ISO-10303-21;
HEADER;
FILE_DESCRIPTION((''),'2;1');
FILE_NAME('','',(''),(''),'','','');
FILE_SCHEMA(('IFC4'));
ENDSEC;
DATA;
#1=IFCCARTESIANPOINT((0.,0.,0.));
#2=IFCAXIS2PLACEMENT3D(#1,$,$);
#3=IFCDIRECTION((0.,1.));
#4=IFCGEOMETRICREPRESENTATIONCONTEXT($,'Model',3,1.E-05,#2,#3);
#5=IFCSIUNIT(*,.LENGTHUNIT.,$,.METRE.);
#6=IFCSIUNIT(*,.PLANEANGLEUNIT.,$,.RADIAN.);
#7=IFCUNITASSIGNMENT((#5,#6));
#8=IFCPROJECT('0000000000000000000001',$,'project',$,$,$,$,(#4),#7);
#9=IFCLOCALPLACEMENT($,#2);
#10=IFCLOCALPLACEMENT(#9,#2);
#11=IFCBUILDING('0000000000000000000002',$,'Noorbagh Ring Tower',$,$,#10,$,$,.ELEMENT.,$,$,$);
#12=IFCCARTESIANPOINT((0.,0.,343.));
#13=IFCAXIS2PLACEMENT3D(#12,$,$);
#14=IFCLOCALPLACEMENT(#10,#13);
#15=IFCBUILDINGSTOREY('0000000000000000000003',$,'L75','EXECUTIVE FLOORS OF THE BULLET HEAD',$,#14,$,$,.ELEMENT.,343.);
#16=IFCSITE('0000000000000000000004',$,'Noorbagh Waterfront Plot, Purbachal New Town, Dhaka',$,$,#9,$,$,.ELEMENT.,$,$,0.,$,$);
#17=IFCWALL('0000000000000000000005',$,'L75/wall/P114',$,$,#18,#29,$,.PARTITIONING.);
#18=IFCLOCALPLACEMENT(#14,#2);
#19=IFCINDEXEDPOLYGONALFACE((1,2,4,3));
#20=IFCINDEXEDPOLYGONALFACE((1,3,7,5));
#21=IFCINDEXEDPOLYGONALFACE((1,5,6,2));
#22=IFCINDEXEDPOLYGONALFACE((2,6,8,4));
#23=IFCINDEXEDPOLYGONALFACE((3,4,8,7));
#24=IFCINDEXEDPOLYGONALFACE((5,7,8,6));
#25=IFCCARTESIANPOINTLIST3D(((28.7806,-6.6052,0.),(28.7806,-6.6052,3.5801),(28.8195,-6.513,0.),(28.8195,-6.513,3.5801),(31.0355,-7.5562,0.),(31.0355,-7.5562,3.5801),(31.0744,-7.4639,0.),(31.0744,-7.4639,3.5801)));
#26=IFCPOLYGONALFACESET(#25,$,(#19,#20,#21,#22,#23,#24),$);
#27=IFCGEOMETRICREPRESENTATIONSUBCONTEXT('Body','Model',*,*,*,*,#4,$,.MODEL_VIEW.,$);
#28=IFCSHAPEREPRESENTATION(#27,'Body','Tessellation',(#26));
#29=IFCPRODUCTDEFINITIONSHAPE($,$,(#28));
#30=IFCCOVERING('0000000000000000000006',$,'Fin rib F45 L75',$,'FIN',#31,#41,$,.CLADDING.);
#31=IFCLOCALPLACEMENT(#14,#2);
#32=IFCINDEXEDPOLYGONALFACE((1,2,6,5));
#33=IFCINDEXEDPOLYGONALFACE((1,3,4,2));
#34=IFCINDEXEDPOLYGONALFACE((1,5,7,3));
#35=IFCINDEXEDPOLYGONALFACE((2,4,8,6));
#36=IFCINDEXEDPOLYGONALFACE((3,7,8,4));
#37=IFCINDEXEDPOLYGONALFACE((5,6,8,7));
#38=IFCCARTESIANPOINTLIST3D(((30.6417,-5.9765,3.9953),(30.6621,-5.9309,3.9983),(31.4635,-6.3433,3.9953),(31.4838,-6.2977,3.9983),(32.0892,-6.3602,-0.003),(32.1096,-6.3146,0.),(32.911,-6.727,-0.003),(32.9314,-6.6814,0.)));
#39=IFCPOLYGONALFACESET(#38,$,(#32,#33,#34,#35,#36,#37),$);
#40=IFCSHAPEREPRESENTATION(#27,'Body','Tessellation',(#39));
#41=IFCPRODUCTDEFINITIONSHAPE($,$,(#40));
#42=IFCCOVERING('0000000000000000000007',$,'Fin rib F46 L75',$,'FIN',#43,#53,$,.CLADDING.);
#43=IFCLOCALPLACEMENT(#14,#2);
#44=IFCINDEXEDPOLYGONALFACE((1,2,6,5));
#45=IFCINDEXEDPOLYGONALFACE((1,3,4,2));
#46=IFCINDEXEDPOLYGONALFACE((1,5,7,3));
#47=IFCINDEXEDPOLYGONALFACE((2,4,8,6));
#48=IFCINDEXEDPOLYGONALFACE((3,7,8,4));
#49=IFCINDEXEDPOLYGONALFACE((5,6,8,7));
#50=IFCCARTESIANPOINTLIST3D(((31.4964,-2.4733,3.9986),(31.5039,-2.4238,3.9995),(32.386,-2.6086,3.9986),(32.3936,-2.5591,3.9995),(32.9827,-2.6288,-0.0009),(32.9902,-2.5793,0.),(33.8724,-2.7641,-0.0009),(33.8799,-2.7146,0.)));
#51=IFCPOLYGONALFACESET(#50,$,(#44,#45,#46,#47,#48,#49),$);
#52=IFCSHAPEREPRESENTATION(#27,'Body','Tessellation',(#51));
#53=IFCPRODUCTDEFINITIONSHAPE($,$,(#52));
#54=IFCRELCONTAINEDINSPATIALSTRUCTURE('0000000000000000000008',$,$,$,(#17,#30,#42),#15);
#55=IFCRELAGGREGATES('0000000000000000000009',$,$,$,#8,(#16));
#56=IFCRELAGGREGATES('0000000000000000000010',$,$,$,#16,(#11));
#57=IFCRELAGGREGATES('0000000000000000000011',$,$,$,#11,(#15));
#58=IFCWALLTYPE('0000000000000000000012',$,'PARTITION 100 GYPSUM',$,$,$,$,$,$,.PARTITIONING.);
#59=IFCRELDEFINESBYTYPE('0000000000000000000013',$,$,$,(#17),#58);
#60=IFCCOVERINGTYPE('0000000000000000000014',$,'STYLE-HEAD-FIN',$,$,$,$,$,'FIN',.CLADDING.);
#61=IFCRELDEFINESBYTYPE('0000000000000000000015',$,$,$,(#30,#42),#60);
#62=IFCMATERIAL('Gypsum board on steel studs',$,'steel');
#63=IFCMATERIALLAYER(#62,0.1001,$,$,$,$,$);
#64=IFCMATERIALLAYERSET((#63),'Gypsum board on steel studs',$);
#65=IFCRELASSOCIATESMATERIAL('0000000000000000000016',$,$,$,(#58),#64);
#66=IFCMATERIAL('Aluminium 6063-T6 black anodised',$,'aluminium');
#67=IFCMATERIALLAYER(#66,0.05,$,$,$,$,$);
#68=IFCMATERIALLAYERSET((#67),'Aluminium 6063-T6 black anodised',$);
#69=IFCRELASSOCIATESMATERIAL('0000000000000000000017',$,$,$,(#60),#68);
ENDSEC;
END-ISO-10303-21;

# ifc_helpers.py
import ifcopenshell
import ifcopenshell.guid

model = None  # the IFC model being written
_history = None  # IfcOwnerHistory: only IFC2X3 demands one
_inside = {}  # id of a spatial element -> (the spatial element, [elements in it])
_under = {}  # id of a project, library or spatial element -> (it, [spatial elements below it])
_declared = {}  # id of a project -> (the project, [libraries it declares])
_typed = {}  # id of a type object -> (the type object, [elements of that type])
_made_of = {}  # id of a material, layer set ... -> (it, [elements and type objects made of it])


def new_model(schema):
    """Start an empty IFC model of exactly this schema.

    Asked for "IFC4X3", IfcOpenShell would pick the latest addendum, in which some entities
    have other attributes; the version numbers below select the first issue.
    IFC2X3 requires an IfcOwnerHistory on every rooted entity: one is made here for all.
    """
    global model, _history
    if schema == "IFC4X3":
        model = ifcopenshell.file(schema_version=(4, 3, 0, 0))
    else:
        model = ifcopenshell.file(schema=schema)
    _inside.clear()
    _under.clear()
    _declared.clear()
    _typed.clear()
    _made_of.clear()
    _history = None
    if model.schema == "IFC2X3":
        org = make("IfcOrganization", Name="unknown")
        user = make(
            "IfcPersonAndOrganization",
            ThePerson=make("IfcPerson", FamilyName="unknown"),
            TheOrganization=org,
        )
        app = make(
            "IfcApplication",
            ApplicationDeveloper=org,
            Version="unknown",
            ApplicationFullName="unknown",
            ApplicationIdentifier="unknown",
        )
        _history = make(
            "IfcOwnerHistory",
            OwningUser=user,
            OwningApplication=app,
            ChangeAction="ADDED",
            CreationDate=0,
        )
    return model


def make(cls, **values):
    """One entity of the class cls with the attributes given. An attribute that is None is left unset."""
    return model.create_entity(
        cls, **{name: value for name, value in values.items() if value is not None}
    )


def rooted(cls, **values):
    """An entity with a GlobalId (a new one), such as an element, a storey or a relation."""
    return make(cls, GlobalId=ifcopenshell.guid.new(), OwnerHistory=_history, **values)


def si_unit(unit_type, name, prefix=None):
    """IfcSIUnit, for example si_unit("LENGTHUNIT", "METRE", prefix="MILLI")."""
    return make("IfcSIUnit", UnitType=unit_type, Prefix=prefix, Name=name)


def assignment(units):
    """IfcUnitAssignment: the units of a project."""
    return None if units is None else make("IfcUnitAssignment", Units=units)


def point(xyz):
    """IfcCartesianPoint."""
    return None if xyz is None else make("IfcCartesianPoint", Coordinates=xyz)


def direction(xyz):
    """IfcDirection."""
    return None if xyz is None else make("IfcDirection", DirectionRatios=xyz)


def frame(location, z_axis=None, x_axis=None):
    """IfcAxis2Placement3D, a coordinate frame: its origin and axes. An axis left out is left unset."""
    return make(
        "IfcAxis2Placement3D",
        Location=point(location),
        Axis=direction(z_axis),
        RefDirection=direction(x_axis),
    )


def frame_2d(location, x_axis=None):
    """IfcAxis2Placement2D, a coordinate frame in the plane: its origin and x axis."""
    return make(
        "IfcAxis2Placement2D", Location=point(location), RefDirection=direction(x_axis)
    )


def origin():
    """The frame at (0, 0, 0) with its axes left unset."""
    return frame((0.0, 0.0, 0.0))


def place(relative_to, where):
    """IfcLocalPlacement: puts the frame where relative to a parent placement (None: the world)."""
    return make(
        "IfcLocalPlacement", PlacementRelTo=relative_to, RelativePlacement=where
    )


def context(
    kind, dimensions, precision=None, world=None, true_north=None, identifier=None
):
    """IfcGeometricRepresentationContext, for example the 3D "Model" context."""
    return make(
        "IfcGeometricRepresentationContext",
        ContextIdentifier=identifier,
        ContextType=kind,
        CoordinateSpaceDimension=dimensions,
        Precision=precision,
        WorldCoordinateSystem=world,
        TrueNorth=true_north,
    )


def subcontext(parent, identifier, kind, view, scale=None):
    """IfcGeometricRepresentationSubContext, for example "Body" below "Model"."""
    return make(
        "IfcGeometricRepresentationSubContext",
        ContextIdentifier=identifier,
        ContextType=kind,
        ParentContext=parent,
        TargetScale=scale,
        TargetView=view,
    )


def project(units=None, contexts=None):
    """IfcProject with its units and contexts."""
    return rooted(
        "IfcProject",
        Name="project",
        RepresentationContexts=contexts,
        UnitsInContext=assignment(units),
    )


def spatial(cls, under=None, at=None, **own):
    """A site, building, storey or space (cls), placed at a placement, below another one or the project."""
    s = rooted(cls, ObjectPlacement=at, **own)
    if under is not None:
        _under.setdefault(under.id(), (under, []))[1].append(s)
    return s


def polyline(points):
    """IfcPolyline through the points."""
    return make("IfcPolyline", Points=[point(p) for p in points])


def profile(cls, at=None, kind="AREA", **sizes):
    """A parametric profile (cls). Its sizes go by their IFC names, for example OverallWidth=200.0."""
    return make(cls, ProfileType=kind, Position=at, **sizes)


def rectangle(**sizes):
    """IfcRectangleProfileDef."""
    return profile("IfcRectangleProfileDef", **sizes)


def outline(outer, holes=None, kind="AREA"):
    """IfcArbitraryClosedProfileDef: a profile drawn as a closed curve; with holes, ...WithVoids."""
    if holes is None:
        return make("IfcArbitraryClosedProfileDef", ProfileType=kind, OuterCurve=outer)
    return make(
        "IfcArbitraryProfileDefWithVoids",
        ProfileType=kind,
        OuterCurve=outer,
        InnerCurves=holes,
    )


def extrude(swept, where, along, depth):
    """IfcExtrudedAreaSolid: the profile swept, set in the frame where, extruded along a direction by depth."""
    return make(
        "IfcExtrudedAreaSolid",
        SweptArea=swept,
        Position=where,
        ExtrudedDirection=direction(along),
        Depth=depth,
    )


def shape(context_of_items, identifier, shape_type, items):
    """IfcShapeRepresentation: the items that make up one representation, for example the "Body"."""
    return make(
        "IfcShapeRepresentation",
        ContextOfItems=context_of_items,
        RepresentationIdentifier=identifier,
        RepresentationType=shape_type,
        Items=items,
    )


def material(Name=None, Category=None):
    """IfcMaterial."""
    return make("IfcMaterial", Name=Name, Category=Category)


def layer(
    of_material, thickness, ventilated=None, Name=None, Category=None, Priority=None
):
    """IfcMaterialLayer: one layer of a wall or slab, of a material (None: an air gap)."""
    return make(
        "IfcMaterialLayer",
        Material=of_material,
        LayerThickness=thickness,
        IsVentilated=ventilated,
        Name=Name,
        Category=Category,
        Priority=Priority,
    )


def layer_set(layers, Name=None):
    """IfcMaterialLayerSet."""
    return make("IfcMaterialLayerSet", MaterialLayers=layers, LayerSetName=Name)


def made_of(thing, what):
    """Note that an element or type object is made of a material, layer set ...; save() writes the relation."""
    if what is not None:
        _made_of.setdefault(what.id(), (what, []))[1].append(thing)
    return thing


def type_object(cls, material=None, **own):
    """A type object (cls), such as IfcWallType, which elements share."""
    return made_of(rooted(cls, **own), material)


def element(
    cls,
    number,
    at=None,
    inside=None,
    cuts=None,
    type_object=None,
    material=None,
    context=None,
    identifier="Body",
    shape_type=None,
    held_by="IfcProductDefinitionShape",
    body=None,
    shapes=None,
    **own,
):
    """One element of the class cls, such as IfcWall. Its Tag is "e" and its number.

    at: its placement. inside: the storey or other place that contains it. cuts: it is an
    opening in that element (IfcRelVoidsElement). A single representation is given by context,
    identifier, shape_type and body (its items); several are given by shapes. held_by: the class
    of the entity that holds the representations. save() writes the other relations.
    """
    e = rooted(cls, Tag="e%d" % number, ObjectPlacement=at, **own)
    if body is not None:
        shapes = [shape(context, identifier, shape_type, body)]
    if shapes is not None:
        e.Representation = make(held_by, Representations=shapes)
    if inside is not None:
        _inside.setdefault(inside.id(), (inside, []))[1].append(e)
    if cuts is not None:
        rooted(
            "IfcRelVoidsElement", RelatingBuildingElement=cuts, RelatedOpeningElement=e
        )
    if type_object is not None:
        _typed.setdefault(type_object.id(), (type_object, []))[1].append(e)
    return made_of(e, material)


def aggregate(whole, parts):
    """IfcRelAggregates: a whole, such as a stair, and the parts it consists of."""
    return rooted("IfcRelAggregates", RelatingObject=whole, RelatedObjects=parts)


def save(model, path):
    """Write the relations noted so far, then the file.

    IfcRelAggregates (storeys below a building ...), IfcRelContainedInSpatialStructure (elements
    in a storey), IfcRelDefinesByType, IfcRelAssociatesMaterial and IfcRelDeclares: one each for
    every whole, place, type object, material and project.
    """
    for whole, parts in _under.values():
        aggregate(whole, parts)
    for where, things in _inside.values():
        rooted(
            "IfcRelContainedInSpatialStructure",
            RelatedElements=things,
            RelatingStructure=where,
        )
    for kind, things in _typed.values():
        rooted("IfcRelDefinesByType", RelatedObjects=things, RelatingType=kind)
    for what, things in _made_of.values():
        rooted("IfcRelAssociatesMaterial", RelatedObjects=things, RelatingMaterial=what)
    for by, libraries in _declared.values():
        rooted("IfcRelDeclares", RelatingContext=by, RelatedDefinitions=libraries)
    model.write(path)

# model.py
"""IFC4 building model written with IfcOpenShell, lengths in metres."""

from ifc_helpers import new_model, si_unit, direction, frame, frame_2d, origin, place, context, subcontext, project, spatial, polyline, rectangle, outline, extrude, material, layer, layer_set, type_object, element, save


model = new_model("IFC4")

# Units and contexts
model_context = context("Model", 3, precision=1e-05, world=origin(), true_north=direction((0.0, 1.0)))
body_context = subcontext(model_context, "Body", "Model", "MODEL_VIEW")
ifc_project = project(units=[si_unit("LENGTHUNIT", "METRE"), si_unit("PLANEANGLEUNIT", "RADIAN")], contexts=[model_context])

# Site, building, storey
site_placement = place(None, origin())
site = spatial("IfcSite", under=ifc_project, at=site_placement, Name="Noorbagh Waterfront Plot, Purbachal New Town, Dhaka", CompositionType="ELEMENT", RefElevation=0.0)
building_placement = place(site_placement, origin())
building = spatial("IfcBuilding", under=site, at=building_placement, Name="Noorbagh Ring Tower", CompositionType="ELEMENT")
storey_placement = place(building_placement, frame((0.0, 0.0, 343.0)))
storey = spatial("IfcBuildingStorey", under=building, at=storey_placement, Name="L75", Description="EXECUTIVE FLOORS OF THE BULLET HEAD", CompositionType="ELEMENT", Elevation=343.0)

# Wall
ifc_material_1 = material(Name="Gypsum board on steel studs", Category="steel")
ifc_layer_1 = layer(ifc_material_1, 0.1001)
ifc_layer_set_1 = layer_set([ifc_layer_1], Name="Gypsum board on steel studs")
wall_type_1 = type_object("IfcWallType", Name="PARTITION 100 GYPSUM", PredefinedType="PARTITIONING", material=ifc_layer_set_1)
wall_1_placement = place(storey_placement, frame((28.8, -6.5591, 0.0), z_axis=(0.0, 0.0, 1.0), x_axis=(0.921416, -0.388579, 0.0)))
element("IfcWall", 1, at=wall_1_placement, inside=storey, type_object=wall_type_1, Name="L75/wall/P114", PredefinedType="PARTITIONING", context=body_context, shape_type="SweptSolid", body=[
    extrude(rectangle(XDim=2.4473, YDim=0.1001, at=frame_2d((1.2236, 0.0))), origin(), (0.0, 0.0, 1.0), 3.5801),
])

# Coverings
ifc_material_2 = material(Name="Aluminium 6063-T6 black anodised", Category="aluminium")
ifc_layer_2 = layer(ifc_material_2, 0.05)
ifc_layer_set_2 = layer_set([ifc_layer_2], Name="Aluminium 6063-T6 black anodised")
covering_type_1 = type_object("IfcCoveringType", Name="STYLE-HEAD-FIN", ElementType="FIN", PredefinedType="CLADDING", material=ifc_layer_set_2)
covering_1_placement = place(storey_placement, frame((32.9314, -6.6814, 0.0), z_axis=(0.40688, 0.91152, 0.059836), x_axis=(-0.339043, 0.089866, 0.936469)))
element("IfcCovering", 2, at=covering_1_placement, inside=storey, type_object=covering_type_1, Name="Fin rib F45 L75", ObjectType="FIN", PredefinedType="CLADDING", context=body_context, shape_type="SweptSolid", body=[
    extrude(outline(polyline([(0.0, 0.0), (4.2695, 0.0), (4.5811, -0.8442), (0.3116, -0.8443), (0.0, 0.0)])), origin(), (0.0, 0.0, -1.0), 0.05),
])
covering_2_placement = place(storey_placement, frame((33.8799, -2.7146, 0.0), z_axis=(0.150281, 0.98849, 0.017412), x_axis=(-0.348119, 0.036424, 0.936742)))
element("IfcCovering", 3, at=covering_2_placement, inside=storey, type_object=covering_type_1, Name="Fin rib F46 L75", ObjectType="FIN", PredefinedType="CLADDING", context=body_context, shape_type="SweptSolid", body=[
    extrude(outline(polyline([(0.0, 0.0), (4.2696, 0.0), (4.5842, -0.8431), (0.3146, -0.8431), (0.0, 0.0)])), origin(), (0.0, 0.0, -1.0), 0.05),
])

save(model, "model.ifc")
